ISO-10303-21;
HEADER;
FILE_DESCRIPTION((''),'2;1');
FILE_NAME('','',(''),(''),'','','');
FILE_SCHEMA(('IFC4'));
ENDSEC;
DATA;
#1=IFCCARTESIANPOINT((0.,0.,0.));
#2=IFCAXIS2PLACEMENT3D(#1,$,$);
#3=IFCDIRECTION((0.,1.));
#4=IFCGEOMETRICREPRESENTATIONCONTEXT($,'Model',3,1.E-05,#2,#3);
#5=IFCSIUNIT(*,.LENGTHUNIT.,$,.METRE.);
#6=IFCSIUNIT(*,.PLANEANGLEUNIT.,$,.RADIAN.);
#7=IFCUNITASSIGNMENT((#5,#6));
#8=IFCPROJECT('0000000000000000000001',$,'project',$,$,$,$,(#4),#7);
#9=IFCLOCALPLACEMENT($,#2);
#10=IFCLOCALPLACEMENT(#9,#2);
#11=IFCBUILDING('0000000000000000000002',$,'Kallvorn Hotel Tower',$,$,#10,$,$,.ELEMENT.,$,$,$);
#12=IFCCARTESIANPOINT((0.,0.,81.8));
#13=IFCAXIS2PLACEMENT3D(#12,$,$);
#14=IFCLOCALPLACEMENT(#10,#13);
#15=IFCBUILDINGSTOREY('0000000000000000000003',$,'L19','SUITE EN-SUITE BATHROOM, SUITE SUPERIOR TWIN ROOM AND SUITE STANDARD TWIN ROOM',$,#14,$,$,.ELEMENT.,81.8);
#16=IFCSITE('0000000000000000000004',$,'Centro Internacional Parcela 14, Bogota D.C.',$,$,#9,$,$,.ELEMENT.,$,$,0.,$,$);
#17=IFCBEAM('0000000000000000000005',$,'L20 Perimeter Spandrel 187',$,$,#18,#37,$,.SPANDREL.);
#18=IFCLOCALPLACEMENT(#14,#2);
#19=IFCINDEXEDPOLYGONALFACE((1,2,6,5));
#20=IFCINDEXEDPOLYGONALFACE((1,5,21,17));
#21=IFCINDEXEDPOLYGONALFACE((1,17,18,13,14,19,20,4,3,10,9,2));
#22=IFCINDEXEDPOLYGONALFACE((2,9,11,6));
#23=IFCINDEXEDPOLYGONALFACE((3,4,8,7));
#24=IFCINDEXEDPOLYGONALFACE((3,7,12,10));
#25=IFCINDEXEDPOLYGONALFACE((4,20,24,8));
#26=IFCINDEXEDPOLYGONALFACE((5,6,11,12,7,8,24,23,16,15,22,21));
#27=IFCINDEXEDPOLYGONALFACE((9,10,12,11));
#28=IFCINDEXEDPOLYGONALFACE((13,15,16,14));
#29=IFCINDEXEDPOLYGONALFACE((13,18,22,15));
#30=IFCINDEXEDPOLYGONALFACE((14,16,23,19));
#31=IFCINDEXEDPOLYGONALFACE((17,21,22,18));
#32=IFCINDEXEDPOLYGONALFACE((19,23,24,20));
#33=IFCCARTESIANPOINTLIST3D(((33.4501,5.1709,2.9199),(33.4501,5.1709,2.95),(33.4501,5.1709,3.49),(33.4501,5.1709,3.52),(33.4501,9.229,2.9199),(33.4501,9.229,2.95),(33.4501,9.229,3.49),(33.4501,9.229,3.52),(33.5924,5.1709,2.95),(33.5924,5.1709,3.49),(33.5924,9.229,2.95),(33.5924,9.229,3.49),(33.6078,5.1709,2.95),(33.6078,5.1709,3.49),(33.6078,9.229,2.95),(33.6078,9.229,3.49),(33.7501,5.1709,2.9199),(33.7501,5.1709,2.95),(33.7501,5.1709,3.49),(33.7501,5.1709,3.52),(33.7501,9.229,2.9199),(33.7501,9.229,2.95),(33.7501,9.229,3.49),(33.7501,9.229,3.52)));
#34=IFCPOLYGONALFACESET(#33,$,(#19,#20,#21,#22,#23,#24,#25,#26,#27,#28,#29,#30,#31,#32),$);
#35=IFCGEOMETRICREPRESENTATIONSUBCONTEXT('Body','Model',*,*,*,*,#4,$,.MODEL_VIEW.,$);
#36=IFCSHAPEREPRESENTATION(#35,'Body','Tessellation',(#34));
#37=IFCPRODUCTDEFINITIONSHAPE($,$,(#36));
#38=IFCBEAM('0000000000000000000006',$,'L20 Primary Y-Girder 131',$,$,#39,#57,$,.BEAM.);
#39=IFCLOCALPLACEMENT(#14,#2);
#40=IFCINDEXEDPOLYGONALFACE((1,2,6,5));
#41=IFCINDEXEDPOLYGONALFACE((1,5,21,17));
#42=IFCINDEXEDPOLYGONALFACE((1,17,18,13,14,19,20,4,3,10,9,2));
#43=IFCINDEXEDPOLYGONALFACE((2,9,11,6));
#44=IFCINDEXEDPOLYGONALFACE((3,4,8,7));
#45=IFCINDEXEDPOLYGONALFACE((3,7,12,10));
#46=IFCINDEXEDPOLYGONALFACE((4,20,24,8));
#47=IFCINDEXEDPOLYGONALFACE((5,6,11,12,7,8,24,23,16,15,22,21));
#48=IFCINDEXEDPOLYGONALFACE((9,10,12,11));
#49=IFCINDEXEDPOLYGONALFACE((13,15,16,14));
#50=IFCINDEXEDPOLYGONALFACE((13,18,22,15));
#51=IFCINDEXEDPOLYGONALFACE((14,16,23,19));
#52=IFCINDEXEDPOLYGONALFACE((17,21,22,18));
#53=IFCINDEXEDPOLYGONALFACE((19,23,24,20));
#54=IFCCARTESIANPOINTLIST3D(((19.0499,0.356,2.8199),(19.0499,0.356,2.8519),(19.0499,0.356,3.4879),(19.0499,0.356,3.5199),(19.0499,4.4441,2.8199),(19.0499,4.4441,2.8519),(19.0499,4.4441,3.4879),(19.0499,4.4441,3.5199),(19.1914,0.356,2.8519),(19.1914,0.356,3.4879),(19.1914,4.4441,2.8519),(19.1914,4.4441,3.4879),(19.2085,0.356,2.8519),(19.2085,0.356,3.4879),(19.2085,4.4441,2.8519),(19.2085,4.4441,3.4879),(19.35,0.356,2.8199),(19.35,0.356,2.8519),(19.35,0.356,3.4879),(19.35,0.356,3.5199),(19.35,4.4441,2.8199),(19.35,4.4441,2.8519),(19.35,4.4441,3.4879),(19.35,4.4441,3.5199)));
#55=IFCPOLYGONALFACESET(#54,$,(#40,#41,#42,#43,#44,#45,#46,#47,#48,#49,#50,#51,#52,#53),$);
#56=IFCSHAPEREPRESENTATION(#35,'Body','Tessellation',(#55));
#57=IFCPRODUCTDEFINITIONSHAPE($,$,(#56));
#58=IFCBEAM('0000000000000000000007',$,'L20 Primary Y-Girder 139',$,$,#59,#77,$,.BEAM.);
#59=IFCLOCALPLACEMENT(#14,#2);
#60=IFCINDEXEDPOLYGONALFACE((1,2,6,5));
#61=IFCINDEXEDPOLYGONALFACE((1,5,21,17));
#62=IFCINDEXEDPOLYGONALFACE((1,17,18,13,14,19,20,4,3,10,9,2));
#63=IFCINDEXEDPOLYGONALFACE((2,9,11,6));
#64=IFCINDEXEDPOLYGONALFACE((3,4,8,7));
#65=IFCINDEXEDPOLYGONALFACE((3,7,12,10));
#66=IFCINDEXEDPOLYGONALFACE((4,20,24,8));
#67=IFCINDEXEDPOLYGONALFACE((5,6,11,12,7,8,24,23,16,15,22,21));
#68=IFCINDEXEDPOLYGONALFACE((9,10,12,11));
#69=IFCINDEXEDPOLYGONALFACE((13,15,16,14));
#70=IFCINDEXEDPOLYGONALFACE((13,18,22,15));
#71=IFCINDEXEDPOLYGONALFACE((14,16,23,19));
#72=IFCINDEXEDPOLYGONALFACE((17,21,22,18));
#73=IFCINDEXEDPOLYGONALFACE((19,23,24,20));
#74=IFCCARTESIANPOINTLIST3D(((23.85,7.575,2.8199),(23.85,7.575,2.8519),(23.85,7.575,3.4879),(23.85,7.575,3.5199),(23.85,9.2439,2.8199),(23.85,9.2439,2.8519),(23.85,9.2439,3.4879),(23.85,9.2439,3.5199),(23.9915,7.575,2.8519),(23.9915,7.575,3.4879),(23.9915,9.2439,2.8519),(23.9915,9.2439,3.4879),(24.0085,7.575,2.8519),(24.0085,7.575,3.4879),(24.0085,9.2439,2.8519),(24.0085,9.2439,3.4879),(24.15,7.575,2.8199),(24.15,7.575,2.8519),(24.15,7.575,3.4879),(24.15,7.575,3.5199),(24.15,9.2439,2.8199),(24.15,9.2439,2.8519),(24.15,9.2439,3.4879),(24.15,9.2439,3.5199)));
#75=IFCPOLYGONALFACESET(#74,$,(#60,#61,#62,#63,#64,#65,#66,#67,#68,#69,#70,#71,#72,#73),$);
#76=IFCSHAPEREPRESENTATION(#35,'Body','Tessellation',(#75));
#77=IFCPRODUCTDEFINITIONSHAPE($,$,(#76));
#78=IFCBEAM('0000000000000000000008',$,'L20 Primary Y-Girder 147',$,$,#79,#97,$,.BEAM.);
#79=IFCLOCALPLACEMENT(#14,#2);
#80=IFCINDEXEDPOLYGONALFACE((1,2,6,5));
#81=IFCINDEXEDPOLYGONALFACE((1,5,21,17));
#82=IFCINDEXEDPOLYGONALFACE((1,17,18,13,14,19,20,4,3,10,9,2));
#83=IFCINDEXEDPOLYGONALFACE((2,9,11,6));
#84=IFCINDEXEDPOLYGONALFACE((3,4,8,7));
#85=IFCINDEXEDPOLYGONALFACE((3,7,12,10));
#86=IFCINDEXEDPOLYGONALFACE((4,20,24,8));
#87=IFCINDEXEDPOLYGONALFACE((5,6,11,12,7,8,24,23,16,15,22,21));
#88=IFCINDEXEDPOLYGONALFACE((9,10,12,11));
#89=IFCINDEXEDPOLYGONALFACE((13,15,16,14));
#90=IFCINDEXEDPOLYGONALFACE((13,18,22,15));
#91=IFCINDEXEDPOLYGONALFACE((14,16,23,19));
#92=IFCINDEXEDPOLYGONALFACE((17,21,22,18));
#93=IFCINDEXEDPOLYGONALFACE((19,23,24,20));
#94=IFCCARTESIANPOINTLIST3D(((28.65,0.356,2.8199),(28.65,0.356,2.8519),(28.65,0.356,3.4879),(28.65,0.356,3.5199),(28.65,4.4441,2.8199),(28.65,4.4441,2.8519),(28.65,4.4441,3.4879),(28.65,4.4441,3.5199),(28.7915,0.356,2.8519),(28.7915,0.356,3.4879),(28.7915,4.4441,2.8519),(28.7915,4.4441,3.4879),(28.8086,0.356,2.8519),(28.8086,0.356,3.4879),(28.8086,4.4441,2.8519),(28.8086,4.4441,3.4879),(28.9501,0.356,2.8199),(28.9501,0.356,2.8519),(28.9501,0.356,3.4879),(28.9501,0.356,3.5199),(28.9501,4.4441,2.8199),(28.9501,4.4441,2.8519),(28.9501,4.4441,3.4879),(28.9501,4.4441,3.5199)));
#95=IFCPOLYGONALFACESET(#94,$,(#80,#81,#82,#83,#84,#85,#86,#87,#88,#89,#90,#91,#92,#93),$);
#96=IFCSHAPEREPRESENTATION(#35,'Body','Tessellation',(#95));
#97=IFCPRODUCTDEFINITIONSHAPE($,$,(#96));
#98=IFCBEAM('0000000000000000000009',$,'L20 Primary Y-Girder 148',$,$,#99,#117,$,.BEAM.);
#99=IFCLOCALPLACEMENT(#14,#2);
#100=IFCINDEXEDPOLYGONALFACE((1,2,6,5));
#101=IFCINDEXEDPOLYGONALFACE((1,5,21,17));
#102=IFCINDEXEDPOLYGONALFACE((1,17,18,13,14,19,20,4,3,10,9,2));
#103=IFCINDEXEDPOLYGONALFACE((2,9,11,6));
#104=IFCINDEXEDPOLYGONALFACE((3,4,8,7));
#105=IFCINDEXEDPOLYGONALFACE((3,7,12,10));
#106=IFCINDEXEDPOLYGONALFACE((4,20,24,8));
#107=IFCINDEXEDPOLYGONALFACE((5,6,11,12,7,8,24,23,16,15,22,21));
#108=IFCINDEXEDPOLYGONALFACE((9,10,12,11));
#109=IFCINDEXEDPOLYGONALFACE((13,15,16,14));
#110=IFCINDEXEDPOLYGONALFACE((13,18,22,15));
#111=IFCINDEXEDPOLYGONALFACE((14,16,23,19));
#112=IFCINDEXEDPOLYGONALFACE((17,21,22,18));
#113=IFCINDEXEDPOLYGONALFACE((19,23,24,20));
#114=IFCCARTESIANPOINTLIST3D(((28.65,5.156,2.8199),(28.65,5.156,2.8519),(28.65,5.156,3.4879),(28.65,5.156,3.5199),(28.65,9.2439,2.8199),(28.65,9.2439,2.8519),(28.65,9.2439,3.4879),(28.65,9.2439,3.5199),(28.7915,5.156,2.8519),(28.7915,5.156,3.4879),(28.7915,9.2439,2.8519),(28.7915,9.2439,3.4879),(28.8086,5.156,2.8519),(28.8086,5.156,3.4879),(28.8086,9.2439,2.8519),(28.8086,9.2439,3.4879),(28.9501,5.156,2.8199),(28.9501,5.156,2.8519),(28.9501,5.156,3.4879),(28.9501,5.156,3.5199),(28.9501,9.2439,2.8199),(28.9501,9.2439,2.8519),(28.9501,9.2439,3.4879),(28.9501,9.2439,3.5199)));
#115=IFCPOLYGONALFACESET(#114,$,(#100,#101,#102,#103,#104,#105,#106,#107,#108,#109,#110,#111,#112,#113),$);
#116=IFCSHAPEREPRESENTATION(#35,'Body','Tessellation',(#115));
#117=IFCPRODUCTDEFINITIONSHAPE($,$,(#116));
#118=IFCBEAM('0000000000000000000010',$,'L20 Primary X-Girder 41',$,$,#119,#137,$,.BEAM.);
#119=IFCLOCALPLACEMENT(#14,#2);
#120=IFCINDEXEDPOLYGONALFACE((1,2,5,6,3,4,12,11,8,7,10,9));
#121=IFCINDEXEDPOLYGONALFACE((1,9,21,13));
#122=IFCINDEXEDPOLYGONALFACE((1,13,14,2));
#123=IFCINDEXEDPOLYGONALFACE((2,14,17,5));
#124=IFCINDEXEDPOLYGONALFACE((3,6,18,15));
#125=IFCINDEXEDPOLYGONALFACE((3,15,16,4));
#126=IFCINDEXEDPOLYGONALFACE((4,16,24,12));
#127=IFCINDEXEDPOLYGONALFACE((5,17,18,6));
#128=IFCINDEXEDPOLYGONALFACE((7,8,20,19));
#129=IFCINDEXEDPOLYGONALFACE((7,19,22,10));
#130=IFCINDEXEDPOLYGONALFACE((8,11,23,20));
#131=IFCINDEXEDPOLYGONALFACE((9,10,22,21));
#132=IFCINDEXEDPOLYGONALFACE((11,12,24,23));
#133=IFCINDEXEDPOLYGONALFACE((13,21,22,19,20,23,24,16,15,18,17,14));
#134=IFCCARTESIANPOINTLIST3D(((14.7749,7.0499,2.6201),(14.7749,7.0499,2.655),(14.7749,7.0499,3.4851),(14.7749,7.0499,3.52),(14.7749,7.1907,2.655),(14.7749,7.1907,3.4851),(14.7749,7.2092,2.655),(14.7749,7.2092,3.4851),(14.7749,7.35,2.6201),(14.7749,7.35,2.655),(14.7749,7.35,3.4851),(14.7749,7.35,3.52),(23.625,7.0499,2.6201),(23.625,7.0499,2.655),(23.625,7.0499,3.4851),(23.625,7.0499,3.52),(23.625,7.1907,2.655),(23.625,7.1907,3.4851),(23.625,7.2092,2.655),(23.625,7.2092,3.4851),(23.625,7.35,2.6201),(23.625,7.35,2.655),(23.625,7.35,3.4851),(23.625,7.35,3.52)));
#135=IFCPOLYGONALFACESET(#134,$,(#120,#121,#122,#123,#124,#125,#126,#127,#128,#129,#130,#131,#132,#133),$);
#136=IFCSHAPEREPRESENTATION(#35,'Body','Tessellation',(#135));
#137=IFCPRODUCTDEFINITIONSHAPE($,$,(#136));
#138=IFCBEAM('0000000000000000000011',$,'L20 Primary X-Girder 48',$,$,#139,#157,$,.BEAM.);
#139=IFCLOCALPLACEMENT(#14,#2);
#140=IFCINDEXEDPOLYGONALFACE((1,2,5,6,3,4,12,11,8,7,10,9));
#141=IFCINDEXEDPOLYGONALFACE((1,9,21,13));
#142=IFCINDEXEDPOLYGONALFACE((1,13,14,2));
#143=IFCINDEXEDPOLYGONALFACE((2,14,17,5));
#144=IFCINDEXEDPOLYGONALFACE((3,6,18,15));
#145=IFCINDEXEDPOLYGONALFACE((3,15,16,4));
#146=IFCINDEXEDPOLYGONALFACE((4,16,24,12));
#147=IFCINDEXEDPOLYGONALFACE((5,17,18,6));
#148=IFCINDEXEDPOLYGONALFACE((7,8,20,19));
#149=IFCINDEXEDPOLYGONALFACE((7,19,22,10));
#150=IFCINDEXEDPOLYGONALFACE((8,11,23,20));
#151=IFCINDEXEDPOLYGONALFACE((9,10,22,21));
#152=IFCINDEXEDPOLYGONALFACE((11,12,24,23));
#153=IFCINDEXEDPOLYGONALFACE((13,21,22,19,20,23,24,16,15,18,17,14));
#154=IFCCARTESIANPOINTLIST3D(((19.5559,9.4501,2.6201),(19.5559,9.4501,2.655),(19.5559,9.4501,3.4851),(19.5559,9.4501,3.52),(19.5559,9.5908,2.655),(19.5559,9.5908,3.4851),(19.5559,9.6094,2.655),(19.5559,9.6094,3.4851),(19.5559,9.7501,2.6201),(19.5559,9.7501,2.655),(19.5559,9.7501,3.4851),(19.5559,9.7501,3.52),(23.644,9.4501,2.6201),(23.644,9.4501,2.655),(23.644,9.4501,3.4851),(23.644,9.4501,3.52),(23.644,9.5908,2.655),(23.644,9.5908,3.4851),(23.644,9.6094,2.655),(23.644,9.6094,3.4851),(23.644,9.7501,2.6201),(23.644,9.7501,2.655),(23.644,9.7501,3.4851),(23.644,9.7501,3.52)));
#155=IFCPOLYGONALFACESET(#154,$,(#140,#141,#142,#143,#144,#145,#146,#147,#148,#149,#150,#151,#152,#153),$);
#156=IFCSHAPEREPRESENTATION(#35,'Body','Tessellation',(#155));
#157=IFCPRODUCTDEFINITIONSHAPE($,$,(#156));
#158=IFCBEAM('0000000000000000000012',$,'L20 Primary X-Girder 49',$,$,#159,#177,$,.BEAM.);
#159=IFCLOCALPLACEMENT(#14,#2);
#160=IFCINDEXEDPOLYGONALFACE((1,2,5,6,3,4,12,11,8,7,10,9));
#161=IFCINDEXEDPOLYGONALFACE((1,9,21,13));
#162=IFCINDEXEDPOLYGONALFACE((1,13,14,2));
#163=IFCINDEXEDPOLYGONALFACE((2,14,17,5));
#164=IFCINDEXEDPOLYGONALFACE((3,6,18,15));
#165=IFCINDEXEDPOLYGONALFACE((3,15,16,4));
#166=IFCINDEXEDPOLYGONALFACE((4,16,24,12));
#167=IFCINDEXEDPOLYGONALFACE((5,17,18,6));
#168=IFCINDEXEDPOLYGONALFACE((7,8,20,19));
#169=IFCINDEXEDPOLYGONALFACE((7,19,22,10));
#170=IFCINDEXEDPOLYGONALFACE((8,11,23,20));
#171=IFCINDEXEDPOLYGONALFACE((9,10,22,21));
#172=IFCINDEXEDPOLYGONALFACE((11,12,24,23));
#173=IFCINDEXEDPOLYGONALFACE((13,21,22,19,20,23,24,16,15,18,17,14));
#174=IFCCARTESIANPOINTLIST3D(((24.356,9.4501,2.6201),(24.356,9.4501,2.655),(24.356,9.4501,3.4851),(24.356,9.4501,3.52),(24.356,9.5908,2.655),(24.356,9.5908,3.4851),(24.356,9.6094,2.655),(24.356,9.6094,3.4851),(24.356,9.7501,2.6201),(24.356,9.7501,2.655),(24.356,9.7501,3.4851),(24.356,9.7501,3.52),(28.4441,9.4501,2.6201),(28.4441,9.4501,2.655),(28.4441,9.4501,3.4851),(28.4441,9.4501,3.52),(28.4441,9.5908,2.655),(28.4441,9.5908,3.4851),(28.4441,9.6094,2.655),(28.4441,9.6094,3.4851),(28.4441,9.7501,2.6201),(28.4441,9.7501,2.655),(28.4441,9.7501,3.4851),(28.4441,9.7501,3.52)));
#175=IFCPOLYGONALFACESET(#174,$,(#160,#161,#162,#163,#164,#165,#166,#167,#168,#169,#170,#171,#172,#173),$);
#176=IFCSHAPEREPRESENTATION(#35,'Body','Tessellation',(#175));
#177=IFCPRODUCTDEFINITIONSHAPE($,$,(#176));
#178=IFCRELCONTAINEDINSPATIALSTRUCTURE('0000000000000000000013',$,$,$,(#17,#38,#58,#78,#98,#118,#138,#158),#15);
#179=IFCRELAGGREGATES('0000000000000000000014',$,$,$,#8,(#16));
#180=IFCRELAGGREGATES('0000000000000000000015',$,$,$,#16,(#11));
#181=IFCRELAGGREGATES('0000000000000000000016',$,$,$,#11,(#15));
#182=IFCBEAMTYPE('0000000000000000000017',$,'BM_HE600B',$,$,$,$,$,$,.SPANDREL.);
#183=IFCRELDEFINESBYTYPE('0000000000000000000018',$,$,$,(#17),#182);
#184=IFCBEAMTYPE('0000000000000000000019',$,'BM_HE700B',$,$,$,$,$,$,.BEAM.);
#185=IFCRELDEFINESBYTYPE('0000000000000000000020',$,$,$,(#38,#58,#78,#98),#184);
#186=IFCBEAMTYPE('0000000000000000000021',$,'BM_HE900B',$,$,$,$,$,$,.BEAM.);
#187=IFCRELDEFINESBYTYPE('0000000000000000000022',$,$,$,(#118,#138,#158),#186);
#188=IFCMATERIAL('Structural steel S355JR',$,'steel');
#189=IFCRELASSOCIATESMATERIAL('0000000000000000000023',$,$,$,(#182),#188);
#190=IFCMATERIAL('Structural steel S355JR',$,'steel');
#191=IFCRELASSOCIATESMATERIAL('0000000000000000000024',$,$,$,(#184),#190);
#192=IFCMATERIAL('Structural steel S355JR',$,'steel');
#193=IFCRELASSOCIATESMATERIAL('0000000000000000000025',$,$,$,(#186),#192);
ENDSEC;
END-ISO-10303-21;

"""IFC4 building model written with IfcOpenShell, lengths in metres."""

from ifc_helpers import new_model, si_unit, direction, frame, origin, origin_2d, place, context, subcontext, project, spatial, i_section, extrude, material, material_profile, profile_set, type_object, element, save


model = new_model("IFC4")

# Units and contexts
model_context = context("Model", 3, precision=1e-05, world=origin(), true_north=direction((0.0, 1.0)))
body_context = subcontext(model_context, "Body", "Model", "MODEL_VIEW")
ifc_project = project(units=[si_unit("LENGTHUNIT", "METRE"), si_unit("PLANEANGLEUNIT", "RADIAN")], contexts=[model_context])

# Site, building, storey
site_placement = place(None, origin())
site = spatial("IfcSite", under=ifc_project, at=site_placement, Name="Centro Internacional Parcela 14, Bogota D.C.", CompositionType="ELEMENT", RefElevation=0.0)
building_placement = place(site_placement, origin())
building = spatial("IfcBuilding", under=site, at=building_placement, Name="Kallvorn Hotel Tower", CompositionType="ELEMENT")
storey_placement = place(building_placement, frame((0.0, 0.0, 81.8)))
storey = spatial("IfcBuildingStorey", under=building, at=storey_placement, Name="L19", Description="SUITE EN-SUITE BATHROOM, SUITE SUPERIOR TWIN ROOM AND SUITE STANDARD TWIN ROOM", CompositionType="ELEMENT", Elevation=81.8)

# Beams
ifc_material_1 = material(Name="Structural steel S355JR", Category="steel")
ifc_material_profile_1 = material_profile(ifc_material_1, i_section(OverallWidth=0.3, OverallDepth=0.6001, WebThickness=0.0154, FlangeThickness=0.03, at=origin_2d()), Name="HE 600 B")
ifc_profile_set_1 = profile_set([ifc_material_profile_1], Name="Structural steel S355JR")
beam_type_1 = type_object("IfcBeamType", Name="BM_HE600B", PredefinedType="SPANDREL", material=ifc_profile_set_1)
beam_1_placement = place(storey_placement, frame((33.6001, 5.1709, 3.22), z_axis=(0.0, 1.0, 0.0), x_axis=(-1.0, 0.0, 0.0)))
element("IfcBeam", 1, at=beam_1_placement, inside=storey, type_object=beam_type_1, Name="L20 Perimeter Spandrel 187", PredefinedType="SPANDREL", context=body_context, shape_type="SweptSolid", body=[
    extrude(i_section(OverallWidth=0.3, OverallDepth=0.6001, WebThickness=0.0154, FlangeThickness=0.03, at=origin_2d()), origin(), (0.0, 0.0, 1.0), 4.0581),
])
ifc_material_2 = material(Name="Structural steel S355JR", Category="steel")
ifc_material_profile_2 = material_profile(ifc_material_2, i_section(OverallWidth=0.3, OverallDepth=0.7, WebThickness=0.0171, FlangeThickness=0.032, at=origin_2d()), Name="HE 700 B")
ifc_profile_set_2 = profile_set([ifc_material_profile_2], Name="Structural steel S355JR")
beam_type_2 = type_object("IfcBeamType", Name="BM_HE700B", PredefinedType="BEAM", material=ifc_profile_set_2)
beam_2_placement = place(storey_placement, frame((19.2, 0.356, 3.1699), z_axis=(0.0, 1.0, 0.0), x_axis=(-1.0, 0.0, 0.0)))
element("IfcBeam", 2, at=beam_2_placement, inside=storey, type_object=beam_type_2, Name="L20 Primary Y-Girder 131", PredefinedType="BEAM", context=body_context, shape_type="SweptSolid", body=[
    extrude(i_section(OverallWidth=0.3, OverallDepth=0.7, WebThickness=0.0171, FlangeThickness=0.032, at=origin_2d()), origin(), (0.0, 0.0, 1.0), 4.0881),
])
beam_3_placement = place(storey_placement, frame((24.0, 7.575, 3.1699), z_axis=(0.0, 1.0, 0.0), x_axis=(-1.0, 0.0, 0.0)))
element("IfcBeam", 3, at=beam_3_placement, inside=storey, type_object=beam_type_2, Name="L20 Primary Y-Girder 139", PredefinedType="BEAM", context=body_context, shape_type="SweptSolid", body=[
    extrude(i_section(OverallWidth=0.3, OverallDepth=0.7, WebThickness=0.0171, FlangeThickness=0.032, at=origin_2d()), origin(), (0.0, 0.0, 1.0), 1.6689),
])
beam_4_placement = place(storey_placement, frame((28.8, 0.356, 3.1699), z_axis=(0.0, 1.0, 0.0), x_axis=(-1.0, 0.0, 0.0)))
element("IfcBeam", 4, at=beam_4_placement, inside=storey, type_object=beam_type_2, Name="L20 Primary Y-Girder 147", PredefinedType="BEAM", context=body_context, shape_type="SweptSolid", body=[
    extrude(i_section(OverallWidth=0.3, OverallDepth=0.7, WebThickness=0.0171, FlangeThickness=0.032, at=origin_2d()), origin(), (0.0, 0.0, 1.0), 4.0881),
])
beam_5_placement = place(storey_placement, frame((28.8, 5.156, 3.1699), z_axis=(0.0, 1.0, 0.0), x_axis=(-1.0, 0.0, 0.0)))
element("IfcBeam", 5, at=beam_5_placement, inside=storey, type_object=beam_type_2, Name="L20 Primary Y-Girder 148", PredefinedType="BEAM", context=body_context, shape_type="SweptSolid", body=[
    extrude(i_section(OverallWidth=0.3, OverallDepth=0.7, WebThickness=0.0171, FlangeThickness=0.032, at=origin_2d()), origin(), (0.0, 0.0, 1.0), 4.0879),
])
ifc_material_3 = material(Name="Structural steel S355JR", Category="steel")
ifc_material_profile_3 = material_profile(ifc_material_3, i_section(OverallWidth=0.3, OverallDepth=0.8999, WebThickness=0.0186, FlangeThickness=0.0349, at=origin_2d()), Name="HE 900 B")
ifc_profile_set_3 = profile_set([ifc_material_profile_3], Name="Structural steel S355JR")
beam_type_3 = type_object("IfcBeamType", Name="BM_HE900B", PredefinedType="BEAM", material=ifc_profile_set_3)
beam_6_placement = place(storey_placement, frame((14.7749, 7.2, 3.0701), z_axis=(1.0, 0.0, 0.0), x_axis=(0.0, 1.0, 0.0)))
element("IfcBeam", 6, at=beam_6_placement, inside=storey, type_object=beam_type_3, Name="L20 Primary X-Girder 41", PredefinedType="BEAM", context=body_context, shape_type="SweptSolid", body=[
    extrude(i_section(OverallWidth=0.3, OverallDepth=0.8999, WebThickness=0.0186, FlangeThickness=0.0349, at=origin_2d()), origin(), (0.0, 0.0, 1.0), 8.8501),
])
for number, where, z_axis, x_axis, name in (
    (7, (19.5559, 9.6001, 3.0701), (1.0, 0.0, 0.0), (0.0, 1.0, 0.0), "L20 Primary X-Girder 48"),
    (8, (24.356, 9.6001, 3.0701), (1.0, 0.0, 0.0), (0.0, 1.0, 0.0), "L20 Primary X-Girder 49"),
):
    element("IfcBeam", number, at=place(storey_placement, frame(where, z_axis=z_axis, x_axis=x_axis)), inside=storey, type_object=beam_type_3, Name=name, PredefinedType="BEAM", context=body_context, shape_type="SweptSolid", body=[
        extrude(i_section(OverallWidth=0.3, OverallDepth=0.8999, WebThickness=0.0186, FlangeThickness=0.0349, at=origin_2d()), origin(), (0.0, 0.0, 1.0), 4.0881),
    ])

save(model, "model.ifc")
